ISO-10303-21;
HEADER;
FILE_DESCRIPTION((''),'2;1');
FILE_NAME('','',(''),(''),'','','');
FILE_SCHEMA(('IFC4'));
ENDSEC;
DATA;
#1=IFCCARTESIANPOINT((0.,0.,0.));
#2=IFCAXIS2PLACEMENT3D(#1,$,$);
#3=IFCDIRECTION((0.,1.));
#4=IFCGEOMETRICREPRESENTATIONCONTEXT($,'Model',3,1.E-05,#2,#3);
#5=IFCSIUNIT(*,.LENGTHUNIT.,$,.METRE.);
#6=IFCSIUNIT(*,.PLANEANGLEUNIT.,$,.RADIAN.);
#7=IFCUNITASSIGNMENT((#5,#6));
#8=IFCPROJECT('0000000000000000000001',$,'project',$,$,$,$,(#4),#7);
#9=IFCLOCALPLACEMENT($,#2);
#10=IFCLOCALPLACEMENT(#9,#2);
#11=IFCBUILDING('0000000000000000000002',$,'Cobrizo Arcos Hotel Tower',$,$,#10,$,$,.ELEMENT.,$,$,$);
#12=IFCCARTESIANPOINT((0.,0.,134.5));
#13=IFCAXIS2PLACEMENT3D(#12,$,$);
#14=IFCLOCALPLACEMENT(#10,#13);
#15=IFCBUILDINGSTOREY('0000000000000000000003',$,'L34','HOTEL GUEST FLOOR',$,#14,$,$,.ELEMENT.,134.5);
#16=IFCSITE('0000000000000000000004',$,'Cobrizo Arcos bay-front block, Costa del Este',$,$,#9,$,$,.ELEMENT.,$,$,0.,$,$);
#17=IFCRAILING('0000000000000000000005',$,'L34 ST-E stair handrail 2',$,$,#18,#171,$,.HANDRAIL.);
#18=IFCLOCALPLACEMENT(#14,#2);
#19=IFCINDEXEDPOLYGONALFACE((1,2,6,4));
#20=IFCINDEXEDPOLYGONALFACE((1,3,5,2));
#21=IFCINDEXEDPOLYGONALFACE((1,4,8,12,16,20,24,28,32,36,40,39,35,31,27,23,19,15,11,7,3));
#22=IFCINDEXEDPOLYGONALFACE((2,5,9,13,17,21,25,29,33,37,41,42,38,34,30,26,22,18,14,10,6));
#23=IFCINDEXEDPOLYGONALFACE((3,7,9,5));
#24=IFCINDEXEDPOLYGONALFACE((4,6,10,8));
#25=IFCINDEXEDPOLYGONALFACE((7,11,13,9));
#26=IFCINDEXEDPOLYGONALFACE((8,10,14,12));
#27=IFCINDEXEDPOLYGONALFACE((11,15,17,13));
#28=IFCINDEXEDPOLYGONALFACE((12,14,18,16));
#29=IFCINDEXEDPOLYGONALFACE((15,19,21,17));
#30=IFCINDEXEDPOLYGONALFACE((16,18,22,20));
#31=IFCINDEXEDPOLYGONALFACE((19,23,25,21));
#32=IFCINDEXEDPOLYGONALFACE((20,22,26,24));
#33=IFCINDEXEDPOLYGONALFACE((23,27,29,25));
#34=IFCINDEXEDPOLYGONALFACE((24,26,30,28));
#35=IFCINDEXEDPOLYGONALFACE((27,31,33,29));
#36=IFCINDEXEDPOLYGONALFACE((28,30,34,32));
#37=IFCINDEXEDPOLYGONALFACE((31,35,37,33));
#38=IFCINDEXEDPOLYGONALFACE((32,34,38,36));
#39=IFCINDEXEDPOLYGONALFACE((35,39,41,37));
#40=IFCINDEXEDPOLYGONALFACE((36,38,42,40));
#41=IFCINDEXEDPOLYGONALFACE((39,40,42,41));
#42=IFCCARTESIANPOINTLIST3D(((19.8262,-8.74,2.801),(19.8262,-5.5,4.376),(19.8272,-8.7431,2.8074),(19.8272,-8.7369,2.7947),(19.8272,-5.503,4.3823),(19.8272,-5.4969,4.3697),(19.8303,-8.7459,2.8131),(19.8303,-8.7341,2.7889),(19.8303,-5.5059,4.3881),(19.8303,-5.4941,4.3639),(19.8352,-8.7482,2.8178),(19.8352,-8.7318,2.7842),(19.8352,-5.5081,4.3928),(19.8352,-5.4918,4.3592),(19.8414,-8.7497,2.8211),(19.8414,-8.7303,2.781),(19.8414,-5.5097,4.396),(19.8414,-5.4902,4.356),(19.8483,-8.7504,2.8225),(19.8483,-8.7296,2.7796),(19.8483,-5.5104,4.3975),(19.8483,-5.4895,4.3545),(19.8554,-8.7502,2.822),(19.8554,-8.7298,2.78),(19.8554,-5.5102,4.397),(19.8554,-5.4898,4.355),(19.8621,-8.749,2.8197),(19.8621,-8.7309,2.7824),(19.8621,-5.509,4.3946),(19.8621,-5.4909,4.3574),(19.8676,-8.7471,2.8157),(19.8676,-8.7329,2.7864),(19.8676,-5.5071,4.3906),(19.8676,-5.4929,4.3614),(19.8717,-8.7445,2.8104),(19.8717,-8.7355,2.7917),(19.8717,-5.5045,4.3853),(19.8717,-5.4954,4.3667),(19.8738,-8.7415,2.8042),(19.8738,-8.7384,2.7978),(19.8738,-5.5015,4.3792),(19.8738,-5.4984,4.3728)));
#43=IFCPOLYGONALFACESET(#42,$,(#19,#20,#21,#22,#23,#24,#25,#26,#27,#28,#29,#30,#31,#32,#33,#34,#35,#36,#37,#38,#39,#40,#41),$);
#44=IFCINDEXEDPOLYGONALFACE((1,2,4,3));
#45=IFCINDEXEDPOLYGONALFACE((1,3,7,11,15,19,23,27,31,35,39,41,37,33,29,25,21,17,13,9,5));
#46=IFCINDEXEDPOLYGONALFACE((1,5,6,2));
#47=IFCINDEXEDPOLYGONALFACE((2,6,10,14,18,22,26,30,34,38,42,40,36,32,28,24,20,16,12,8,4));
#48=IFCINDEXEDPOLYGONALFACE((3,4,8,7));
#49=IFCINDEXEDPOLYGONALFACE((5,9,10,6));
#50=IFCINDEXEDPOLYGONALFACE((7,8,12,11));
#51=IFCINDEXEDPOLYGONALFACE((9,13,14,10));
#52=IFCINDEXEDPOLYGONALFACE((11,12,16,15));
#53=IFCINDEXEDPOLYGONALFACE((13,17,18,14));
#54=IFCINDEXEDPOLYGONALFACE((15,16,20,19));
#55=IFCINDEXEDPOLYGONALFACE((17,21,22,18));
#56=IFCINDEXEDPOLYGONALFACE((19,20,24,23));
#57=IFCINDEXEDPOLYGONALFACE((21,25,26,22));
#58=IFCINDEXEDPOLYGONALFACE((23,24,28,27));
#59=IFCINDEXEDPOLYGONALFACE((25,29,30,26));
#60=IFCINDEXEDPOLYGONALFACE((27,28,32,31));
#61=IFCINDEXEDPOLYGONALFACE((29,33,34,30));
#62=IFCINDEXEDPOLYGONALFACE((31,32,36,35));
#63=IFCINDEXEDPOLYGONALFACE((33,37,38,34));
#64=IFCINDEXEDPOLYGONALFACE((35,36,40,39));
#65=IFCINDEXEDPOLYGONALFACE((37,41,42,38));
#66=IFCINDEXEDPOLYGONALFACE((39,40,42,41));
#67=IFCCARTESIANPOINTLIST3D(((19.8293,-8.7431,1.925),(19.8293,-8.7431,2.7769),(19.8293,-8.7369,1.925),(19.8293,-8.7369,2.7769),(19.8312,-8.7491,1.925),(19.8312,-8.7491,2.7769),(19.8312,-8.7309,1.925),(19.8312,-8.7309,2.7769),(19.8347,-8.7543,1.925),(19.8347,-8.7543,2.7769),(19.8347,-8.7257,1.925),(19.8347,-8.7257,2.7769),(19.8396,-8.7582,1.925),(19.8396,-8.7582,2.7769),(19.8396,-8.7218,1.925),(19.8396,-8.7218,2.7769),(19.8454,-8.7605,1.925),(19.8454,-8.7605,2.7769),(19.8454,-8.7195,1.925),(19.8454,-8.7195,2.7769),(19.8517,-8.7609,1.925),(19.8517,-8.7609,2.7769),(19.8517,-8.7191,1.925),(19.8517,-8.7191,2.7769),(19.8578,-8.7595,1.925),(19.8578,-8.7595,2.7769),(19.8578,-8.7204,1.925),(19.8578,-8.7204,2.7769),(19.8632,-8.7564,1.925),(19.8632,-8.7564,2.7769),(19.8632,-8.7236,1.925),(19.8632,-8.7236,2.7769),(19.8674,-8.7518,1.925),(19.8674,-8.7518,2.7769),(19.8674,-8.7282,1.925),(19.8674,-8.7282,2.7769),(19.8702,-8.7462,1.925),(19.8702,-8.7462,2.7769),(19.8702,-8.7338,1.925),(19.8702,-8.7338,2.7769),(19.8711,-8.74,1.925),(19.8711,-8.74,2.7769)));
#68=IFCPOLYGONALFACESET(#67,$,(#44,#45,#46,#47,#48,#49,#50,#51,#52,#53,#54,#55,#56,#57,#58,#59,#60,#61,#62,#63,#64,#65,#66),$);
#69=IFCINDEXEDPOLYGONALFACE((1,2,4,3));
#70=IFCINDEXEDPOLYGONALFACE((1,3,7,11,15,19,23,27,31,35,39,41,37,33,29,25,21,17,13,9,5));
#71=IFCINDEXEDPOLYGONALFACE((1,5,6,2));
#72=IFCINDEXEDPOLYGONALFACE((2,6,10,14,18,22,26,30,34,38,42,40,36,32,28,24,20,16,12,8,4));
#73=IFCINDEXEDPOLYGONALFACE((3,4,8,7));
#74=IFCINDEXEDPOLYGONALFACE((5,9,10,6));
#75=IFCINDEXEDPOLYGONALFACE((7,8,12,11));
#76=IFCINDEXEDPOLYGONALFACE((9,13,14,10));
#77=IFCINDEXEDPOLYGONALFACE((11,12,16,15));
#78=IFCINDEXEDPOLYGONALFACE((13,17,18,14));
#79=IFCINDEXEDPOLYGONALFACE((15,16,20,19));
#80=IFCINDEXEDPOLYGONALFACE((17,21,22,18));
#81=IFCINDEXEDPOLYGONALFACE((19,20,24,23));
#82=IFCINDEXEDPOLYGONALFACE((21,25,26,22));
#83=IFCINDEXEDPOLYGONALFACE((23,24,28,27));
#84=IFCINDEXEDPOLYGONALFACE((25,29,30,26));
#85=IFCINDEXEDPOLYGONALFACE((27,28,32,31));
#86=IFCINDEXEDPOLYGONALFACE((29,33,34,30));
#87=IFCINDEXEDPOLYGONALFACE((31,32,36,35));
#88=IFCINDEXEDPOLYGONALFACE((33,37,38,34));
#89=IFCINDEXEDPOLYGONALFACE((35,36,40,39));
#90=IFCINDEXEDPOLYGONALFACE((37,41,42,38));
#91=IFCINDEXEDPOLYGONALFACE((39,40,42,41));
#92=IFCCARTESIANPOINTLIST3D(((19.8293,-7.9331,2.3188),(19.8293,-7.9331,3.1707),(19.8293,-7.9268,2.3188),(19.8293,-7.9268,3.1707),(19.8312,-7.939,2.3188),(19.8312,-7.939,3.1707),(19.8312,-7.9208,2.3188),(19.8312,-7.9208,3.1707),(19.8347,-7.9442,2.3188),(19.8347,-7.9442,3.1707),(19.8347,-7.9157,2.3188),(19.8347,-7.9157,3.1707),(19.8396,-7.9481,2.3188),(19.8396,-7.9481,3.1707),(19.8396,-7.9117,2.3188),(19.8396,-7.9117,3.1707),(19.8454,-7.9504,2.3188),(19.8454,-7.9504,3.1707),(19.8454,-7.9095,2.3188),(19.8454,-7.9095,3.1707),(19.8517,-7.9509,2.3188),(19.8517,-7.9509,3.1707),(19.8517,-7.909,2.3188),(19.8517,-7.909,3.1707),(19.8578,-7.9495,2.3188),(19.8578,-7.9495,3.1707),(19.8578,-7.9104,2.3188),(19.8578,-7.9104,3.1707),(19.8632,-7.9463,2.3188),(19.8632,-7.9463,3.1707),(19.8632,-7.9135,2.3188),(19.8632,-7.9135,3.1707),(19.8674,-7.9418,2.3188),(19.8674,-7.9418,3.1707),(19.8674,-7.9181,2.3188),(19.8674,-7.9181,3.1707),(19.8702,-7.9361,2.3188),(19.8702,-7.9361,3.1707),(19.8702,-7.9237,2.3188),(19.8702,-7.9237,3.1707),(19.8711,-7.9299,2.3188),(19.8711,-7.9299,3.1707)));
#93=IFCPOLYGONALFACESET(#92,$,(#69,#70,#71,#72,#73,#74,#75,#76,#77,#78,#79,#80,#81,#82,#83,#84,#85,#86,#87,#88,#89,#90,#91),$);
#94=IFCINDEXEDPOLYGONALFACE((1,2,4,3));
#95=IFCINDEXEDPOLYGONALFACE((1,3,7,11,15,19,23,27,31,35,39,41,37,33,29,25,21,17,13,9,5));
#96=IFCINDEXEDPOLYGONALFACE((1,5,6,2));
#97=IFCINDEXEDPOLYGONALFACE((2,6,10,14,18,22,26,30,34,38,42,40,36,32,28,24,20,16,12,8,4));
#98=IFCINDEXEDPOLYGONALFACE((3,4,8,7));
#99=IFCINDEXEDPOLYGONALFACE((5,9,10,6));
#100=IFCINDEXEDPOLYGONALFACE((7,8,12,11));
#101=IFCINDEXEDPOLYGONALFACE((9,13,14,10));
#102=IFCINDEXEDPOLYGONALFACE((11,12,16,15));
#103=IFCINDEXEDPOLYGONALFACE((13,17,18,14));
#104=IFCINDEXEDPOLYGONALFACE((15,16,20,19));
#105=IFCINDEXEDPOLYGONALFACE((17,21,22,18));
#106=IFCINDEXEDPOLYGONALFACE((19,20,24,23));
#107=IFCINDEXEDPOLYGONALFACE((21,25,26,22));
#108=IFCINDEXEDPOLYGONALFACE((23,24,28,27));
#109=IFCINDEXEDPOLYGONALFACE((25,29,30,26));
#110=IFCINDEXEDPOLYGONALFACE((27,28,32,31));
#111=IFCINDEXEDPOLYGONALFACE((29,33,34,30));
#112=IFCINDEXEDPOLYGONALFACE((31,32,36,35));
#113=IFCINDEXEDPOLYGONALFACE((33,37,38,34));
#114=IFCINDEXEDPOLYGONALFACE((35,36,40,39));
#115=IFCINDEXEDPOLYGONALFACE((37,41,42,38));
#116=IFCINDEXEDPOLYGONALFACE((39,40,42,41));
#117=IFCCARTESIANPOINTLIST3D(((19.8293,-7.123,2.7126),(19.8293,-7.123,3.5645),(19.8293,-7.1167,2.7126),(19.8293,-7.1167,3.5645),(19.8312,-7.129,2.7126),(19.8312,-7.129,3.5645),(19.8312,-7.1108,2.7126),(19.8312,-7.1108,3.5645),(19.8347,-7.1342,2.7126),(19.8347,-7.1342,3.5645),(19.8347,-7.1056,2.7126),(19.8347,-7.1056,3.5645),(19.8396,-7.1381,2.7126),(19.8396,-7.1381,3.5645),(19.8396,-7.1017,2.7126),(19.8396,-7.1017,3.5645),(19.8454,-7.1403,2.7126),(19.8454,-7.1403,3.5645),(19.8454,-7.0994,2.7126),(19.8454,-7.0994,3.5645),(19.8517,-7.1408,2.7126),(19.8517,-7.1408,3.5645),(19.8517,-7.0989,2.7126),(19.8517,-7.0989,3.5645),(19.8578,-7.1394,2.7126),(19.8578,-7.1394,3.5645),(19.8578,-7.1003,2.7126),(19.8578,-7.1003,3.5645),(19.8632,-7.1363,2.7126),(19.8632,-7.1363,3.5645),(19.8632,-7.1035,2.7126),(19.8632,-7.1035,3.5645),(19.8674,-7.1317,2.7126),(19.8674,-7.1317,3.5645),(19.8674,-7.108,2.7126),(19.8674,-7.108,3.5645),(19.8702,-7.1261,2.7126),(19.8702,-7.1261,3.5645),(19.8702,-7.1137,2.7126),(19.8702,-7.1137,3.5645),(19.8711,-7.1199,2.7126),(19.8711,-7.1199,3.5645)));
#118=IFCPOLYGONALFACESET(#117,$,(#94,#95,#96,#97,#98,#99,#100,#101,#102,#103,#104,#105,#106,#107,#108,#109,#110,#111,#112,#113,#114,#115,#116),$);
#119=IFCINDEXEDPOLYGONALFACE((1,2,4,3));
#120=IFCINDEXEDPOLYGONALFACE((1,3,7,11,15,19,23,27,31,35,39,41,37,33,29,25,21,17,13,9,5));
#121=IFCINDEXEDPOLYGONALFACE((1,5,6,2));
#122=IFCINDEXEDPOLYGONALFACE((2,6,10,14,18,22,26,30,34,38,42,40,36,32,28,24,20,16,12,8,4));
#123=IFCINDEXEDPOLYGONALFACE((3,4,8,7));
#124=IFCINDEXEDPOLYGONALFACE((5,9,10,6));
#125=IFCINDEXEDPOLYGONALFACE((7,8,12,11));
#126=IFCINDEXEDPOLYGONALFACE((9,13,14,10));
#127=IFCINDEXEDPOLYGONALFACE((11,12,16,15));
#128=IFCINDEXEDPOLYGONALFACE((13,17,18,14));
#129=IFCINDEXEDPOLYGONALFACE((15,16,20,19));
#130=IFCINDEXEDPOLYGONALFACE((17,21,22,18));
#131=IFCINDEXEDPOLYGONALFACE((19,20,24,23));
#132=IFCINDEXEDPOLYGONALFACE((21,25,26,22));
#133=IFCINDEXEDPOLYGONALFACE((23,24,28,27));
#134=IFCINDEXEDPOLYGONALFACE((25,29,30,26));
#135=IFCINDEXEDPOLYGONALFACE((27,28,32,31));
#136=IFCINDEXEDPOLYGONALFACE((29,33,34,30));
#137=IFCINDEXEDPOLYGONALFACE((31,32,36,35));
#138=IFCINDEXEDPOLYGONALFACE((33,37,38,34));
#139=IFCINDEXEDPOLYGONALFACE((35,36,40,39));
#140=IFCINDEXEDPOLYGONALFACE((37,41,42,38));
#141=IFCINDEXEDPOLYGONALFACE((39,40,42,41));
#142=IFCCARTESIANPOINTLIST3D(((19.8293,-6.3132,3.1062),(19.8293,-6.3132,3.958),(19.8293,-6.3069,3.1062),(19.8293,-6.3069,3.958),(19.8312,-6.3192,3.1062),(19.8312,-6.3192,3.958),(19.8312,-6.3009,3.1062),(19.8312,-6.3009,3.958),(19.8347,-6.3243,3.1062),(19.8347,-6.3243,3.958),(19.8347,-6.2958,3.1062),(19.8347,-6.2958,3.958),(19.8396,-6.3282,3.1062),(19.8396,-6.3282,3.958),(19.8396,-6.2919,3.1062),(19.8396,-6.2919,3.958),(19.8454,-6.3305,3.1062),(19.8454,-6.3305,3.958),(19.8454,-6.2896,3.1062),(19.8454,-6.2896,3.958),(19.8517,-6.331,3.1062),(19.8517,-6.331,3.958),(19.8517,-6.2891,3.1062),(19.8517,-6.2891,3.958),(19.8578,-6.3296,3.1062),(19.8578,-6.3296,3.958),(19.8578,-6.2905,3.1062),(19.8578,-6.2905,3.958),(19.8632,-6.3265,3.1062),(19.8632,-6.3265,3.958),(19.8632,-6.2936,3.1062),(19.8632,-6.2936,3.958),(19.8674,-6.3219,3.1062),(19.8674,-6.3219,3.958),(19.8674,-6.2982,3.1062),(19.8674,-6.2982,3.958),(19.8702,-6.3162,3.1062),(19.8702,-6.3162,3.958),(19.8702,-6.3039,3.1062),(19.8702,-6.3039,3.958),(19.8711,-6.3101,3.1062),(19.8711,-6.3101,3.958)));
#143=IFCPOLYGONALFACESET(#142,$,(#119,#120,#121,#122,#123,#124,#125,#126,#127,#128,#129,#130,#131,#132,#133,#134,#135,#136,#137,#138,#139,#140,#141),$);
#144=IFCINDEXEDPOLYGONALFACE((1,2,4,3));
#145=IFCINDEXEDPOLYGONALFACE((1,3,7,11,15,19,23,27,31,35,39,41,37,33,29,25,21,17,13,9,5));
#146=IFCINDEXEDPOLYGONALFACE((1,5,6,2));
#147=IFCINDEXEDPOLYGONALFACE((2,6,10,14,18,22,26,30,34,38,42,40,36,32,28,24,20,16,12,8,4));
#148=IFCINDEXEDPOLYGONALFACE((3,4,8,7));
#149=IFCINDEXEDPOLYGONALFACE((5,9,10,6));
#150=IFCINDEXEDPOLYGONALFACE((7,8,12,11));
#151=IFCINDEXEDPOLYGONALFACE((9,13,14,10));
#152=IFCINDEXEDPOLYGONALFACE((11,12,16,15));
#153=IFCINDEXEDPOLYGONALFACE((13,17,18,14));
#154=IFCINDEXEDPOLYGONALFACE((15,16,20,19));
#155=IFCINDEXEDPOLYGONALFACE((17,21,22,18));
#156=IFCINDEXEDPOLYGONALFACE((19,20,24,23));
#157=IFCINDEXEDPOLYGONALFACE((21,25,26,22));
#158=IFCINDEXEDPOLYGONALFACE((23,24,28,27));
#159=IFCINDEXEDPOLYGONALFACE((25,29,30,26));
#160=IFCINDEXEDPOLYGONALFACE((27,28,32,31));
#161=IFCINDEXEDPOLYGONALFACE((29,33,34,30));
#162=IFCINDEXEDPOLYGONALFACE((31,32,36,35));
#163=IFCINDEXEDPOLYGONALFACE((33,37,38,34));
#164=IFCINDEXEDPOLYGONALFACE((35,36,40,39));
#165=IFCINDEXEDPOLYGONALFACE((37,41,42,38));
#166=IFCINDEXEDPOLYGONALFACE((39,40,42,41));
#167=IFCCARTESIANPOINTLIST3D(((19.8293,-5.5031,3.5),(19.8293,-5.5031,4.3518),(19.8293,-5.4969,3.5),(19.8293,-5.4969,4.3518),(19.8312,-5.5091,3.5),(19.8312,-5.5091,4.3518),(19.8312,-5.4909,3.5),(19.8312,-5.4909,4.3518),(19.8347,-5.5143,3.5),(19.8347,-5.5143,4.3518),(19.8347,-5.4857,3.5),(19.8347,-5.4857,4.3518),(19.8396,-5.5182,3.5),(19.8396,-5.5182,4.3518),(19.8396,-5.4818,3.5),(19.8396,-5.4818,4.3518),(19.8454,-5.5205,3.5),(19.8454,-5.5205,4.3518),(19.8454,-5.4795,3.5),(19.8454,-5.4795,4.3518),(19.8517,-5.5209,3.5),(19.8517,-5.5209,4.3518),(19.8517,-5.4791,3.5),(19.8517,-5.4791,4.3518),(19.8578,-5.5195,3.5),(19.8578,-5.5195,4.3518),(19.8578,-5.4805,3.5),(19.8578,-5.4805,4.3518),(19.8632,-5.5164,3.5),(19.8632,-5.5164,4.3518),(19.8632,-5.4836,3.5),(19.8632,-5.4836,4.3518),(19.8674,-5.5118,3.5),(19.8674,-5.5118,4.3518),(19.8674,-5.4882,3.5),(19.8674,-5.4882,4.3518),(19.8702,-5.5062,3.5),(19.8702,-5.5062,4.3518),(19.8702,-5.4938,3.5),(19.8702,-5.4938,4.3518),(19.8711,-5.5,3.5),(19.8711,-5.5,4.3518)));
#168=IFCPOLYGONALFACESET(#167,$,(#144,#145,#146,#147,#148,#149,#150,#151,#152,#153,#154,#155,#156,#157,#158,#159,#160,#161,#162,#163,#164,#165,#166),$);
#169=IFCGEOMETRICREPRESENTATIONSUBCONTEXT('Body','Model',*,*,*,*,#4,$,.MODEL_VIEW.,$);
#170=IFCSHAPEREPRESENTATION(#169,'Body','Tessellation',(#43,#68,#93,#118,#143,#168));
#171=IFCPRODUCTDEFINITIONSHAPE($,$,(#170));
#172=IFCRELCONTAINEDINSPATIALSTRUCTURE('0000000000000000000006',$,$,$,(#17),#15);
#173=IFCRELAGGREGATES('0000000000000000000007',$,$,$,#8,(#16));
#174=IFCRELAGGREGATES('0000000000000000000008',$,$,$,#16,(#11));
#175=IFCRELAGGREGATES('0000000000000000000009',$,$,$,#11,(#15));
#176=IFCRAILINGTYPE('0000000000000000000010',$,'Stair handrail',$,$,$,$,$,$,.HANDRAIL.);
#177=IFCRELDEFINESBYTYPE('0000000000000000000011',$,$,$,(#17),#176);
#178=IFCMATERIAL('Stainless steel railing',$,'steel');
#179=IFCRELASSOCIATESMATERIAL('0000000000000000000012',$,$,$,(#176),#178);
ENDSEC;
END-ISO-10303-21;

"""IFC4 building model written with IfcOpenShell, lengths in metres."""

from ifc_helpers import new_model, si_unit, direction, frame, origin, origin_2d, place, context, subcontext, project, spatial, circle, extrude, material, type_object, element, save


model = new_model("IFC4")

# Units and contexts
model_context = context("Model", 3, precision=1e-05, world=origin(), true_north=direction((0.0, 1.0)))
body_context = subcontext(model_context, "Body", "Model", "MODEL_VIEW")
ifc_project = project(units=[si_unit("LENGTHUNIT", "METRE"), si_unit("PLANEANGLEUNIT", "RADIAN")], contexts=[model_context])

# Site, building, storey
site_placement = place(None, origin())
site = spatial("IfcSite", under=ifc_project, at=site_placement, Name="Cobrizo Arcos bay-front block, Costa del Este", CompositionType="ELEMENT", RefElevation=0.0)
building_placement = place(site_placement, origin())
building = spatial("IfcBuilding", under=site, at=building_placement, Name="Cobrizo Arcos Hotel Tower", CompositionType="ELEMENT")
storey_placement = place(building_placement, frame((0.0, 0.0, 134.5)))
storey = spatial("IfcBuildingStorey", under=building, at=storey_placement, Name="L34", Description="HOTEL GUEST FLOOR", CompositionType="ELEMENT", Elevation=134.5)

# Railing
ifc_material_1 = material(Name="Stainless steel railing", Category="steel")
railing_type_1 = type_object("IfcRailingType", Name="Stair handrail", PredefinedType="HANDRAIL", material=ifc_material_1)
railing_1_placement = place(storey_placement, frame((19.8501, -8.74, 1.925)))
element("IfcRailing", 1, at=railing_1_placement, inside=storey, type_object=railing_type_1, Name="L34 ST-E stair handrail 2", PredefinedType="HANDRAIL", context=body_context, shape_type="SweptSolid", body=[
    extrude(circle(Radius=0.0239, at=origin_2d()), frame((0.0, 0.0, 0.876), z_axis=(0.0, 0.899373, 0.437183), x_axis=(-1.0, 0.0, 0.0)), (0.0, 0.0, 1.0), 3.6025),
    extrude(circle(Radius=0.021, at=origin_2d()), origin(), (0.0, 0.0, 1.0), 0.8518),
    extrude(circle(Radius=0.021, at=origin_2d()), frame((0.0, 0.8101, 0.3938)), (0.0, 0.0, 1.0), 0.8518),
    extrude(circle(Radius=0.021, at=origin_2d()), frame((0.0, 1.6201, 0.7876)), (0.0, 0.0, 1.0), 0.8518),
    extrude(circle(Radius=0.021, at=origin_2d()), frame((0.0, 2.4299, 1.1812)), (0.0, 0.0, 1.0), 0.8518),
    extrude(circle(Radius=0.021, at=origin_2d()), frame((0.0, 3.24, 1.575)), (0.0, 0.0, 1.0), 0.8518),
])

save(model, "model.ifc")
